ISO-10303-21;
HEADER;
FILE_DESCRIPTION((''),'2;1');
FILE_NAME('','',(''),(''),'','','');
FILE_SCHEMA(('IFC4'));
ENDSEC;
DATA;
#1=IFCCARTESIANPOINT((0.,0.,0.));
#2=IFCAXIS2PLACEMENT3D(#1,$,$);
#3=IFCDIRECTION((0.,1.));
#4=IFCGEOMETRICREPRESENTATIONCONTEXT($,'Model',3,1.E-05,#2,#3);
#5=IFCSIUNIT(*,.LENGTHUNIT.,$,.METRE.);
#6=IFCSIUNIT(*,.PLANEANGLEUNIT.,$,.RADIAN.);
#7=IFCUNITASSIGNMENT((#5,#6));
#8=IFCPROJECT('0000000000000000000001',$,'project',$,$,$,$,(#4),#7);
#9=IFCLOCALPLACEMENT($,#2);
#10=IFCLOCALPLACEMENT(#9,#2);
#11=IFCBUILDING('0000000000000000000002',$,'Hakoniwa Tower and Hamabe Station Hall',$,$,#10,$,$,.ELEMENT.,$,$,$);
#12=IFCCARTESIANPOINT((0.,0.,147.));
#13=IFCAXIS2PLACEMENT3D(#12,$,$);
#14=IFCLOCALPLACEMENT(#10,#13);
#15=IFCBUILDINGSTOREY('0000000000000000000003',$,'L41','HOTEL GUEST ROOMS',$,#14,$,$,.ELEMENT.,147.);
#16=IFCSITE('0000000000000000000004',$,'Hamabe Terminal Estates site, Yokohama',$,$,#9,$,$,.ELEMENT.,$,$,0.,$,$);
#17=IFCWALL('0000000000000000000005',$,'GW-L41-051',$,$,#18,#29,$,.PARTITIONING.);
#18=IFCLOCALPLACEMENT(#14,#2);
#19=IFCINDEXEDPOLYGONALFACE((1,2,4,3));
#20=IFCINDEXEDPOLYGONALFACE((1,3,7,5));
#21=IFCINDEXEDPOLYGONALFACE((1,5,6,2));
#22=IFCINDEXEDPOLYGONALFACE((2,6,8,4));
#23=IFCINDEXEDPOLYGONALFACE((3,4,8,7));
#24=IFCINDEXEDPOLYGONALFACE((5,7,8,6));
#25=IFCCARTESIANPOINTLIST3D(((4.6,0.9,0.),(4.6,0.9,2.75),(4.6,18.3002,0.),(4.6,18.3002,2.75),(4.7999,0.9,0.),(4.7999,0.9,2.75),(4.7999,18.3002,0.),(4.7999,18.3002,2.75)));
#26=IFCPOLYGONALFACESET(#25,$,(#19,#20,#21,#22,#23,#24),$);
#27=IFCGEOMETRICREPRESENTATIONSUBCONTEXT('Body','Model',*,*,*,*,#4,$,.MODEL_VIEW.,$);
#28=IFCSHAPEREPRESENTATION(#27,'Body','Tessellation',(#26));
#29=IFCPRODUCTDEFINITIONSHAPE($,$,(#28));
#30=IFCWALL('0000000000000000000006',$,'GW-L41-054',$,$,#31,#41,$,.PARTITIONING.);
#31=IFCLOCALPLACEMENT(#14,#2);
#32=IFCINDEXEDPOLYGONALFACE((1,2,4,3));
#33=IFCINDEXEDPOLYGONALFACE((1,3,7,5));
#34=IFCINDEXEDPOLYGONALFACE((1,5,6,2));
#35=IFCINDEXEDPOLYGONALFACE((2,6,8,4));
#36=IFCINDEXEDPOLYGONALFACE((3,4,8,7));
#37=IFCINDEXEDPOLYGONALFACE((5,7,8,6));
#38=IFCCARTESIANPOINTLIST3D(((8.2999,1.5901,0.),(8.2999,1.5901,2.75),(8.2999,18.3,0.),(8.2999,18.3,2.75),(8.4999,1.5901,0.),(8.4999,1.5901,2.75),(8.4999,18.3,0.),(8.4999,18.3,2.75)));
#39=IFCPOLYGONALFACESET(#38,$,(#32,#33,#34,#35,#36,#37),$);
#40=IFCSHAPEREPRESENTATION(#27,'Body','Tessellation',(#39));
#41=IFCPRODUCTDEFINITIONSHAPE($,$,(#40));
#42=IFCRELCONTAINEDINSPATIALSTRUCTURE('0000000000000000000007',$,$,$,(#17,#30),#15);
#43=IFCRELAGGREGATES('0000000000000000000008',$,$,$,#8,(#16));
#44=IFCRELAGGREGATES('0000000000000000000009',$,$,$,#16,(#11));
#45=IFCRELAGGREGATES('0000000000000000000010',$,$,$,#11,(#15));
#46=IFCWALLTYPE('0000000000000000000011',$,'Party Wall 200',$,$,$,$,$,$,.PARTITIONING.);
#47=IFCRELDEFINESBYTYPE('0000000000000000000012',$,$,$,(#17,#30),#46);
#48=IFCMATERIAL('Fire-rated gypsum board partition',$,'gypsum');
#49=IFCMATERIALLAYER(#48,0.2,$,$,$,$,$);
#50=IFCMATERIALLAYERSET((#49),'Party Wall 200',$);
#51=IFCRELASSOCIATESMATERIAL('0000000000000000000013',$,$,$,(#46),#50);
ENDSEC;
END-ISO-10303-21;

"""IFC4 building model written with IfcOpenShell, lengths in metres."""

from ifc_helpers import new_model, si_unit, direction, frame, frame_2d, origin, place, context, subcontext, project, spatial, rectangle, extrude, material, layer, layer_set, type_object, element, save


model = new_model("IFC4")

# Units and contexts
model_context = context("Model", 3, precision=1e-05, world=origin(), true_north=direction((0.0, 1.0)))
body_context = subcontext(model_context, "Body", "Model", "MODEL_VIEW")
ifc_project = project(units=[si_unit("LENGTHUNIT", "METRE"), si_unit("PLANEANGLEUNIT", "RADIAN")], contexts=[model_context])

# Site, building, storey
site_placement = place(None, origin())
site = spatial("IfcSite", under=ifc_project, at=site_placement, Name="Hamabe Terminal Estates site, Yokohama", CompositionType="ELEMENT", RefElevation=0.0)
building_placement = place(site_placement, origin())
building = spatial("IfcBuilding", under=site, at=building_placement, Name="Hakoniwa Tower and Hamabe Station Hall", CompositionType="ELEMENT")
storey_placement = place(building_placement, frame((0.0, 0.0, 147.0)))
storey = spatial("IfcBuildingStorey", under=building, at=storey_placement, Name="L41", Description="HOTEL GUEST ROOMS", CompositionType="ELEMENT", Elevation=147.0)

# Walls
ifc_material_1 = material(Name="Fire-rated gypsum board partition", Category="gypsum")
ifc_layer_1 = layer(ifc_material_1, 0.2)
ifc_layer_set_1 = layer_set([ifc_layer_1], Name="Party Wall 200")
wall_type = type_object("IfcWallType", Name="Party Wall 200", PredefinedType="PARTITIONING", material=ifc_layer_set_1)
wall_1_placement = place(storey_placement, frame((4.7, 0.8999, 0.0), z_axis=(0.0, 0.0, 1.0), x_axis=(0.0, 1.0, 0.0)))
element("IfcWall", 1, at=wall_1_placement, inside=storey, type_object=wall_type, Name="GW-L41-051", PredefinedType="PARTITIONING", context=body_context, shape_type="SweptSolid", body=[
    extrude(rectangle(XDim=17.4001, YDim=0.2, at=frame_2d((8.7002, 0.0))), origin(), (0.0, 0.0, 1.0), 2.75),
])
wall_2_placement = place(storey_placement, frame((8.3999, 1.5901, 0.0), z_axis=(0.0, 0.0, 1.0), x_axis=(0.0, 1.0, 0.0)))
element("IfcWall", 2, at=wall_2_placement, inside=storey, type_object=wall_type, Name="GW-L41-054", PredefinedType="PARTITIONING", context=body_context, shape_type="SweptSolid", body=[
    extrude(rectangle(XDim=16.71, YDim=0.2, at=frame_2d((8.355, 0.0))), origin(), (0.0, 0.0, 1.0), 2.75),
])

save(model, "model.ifc")
